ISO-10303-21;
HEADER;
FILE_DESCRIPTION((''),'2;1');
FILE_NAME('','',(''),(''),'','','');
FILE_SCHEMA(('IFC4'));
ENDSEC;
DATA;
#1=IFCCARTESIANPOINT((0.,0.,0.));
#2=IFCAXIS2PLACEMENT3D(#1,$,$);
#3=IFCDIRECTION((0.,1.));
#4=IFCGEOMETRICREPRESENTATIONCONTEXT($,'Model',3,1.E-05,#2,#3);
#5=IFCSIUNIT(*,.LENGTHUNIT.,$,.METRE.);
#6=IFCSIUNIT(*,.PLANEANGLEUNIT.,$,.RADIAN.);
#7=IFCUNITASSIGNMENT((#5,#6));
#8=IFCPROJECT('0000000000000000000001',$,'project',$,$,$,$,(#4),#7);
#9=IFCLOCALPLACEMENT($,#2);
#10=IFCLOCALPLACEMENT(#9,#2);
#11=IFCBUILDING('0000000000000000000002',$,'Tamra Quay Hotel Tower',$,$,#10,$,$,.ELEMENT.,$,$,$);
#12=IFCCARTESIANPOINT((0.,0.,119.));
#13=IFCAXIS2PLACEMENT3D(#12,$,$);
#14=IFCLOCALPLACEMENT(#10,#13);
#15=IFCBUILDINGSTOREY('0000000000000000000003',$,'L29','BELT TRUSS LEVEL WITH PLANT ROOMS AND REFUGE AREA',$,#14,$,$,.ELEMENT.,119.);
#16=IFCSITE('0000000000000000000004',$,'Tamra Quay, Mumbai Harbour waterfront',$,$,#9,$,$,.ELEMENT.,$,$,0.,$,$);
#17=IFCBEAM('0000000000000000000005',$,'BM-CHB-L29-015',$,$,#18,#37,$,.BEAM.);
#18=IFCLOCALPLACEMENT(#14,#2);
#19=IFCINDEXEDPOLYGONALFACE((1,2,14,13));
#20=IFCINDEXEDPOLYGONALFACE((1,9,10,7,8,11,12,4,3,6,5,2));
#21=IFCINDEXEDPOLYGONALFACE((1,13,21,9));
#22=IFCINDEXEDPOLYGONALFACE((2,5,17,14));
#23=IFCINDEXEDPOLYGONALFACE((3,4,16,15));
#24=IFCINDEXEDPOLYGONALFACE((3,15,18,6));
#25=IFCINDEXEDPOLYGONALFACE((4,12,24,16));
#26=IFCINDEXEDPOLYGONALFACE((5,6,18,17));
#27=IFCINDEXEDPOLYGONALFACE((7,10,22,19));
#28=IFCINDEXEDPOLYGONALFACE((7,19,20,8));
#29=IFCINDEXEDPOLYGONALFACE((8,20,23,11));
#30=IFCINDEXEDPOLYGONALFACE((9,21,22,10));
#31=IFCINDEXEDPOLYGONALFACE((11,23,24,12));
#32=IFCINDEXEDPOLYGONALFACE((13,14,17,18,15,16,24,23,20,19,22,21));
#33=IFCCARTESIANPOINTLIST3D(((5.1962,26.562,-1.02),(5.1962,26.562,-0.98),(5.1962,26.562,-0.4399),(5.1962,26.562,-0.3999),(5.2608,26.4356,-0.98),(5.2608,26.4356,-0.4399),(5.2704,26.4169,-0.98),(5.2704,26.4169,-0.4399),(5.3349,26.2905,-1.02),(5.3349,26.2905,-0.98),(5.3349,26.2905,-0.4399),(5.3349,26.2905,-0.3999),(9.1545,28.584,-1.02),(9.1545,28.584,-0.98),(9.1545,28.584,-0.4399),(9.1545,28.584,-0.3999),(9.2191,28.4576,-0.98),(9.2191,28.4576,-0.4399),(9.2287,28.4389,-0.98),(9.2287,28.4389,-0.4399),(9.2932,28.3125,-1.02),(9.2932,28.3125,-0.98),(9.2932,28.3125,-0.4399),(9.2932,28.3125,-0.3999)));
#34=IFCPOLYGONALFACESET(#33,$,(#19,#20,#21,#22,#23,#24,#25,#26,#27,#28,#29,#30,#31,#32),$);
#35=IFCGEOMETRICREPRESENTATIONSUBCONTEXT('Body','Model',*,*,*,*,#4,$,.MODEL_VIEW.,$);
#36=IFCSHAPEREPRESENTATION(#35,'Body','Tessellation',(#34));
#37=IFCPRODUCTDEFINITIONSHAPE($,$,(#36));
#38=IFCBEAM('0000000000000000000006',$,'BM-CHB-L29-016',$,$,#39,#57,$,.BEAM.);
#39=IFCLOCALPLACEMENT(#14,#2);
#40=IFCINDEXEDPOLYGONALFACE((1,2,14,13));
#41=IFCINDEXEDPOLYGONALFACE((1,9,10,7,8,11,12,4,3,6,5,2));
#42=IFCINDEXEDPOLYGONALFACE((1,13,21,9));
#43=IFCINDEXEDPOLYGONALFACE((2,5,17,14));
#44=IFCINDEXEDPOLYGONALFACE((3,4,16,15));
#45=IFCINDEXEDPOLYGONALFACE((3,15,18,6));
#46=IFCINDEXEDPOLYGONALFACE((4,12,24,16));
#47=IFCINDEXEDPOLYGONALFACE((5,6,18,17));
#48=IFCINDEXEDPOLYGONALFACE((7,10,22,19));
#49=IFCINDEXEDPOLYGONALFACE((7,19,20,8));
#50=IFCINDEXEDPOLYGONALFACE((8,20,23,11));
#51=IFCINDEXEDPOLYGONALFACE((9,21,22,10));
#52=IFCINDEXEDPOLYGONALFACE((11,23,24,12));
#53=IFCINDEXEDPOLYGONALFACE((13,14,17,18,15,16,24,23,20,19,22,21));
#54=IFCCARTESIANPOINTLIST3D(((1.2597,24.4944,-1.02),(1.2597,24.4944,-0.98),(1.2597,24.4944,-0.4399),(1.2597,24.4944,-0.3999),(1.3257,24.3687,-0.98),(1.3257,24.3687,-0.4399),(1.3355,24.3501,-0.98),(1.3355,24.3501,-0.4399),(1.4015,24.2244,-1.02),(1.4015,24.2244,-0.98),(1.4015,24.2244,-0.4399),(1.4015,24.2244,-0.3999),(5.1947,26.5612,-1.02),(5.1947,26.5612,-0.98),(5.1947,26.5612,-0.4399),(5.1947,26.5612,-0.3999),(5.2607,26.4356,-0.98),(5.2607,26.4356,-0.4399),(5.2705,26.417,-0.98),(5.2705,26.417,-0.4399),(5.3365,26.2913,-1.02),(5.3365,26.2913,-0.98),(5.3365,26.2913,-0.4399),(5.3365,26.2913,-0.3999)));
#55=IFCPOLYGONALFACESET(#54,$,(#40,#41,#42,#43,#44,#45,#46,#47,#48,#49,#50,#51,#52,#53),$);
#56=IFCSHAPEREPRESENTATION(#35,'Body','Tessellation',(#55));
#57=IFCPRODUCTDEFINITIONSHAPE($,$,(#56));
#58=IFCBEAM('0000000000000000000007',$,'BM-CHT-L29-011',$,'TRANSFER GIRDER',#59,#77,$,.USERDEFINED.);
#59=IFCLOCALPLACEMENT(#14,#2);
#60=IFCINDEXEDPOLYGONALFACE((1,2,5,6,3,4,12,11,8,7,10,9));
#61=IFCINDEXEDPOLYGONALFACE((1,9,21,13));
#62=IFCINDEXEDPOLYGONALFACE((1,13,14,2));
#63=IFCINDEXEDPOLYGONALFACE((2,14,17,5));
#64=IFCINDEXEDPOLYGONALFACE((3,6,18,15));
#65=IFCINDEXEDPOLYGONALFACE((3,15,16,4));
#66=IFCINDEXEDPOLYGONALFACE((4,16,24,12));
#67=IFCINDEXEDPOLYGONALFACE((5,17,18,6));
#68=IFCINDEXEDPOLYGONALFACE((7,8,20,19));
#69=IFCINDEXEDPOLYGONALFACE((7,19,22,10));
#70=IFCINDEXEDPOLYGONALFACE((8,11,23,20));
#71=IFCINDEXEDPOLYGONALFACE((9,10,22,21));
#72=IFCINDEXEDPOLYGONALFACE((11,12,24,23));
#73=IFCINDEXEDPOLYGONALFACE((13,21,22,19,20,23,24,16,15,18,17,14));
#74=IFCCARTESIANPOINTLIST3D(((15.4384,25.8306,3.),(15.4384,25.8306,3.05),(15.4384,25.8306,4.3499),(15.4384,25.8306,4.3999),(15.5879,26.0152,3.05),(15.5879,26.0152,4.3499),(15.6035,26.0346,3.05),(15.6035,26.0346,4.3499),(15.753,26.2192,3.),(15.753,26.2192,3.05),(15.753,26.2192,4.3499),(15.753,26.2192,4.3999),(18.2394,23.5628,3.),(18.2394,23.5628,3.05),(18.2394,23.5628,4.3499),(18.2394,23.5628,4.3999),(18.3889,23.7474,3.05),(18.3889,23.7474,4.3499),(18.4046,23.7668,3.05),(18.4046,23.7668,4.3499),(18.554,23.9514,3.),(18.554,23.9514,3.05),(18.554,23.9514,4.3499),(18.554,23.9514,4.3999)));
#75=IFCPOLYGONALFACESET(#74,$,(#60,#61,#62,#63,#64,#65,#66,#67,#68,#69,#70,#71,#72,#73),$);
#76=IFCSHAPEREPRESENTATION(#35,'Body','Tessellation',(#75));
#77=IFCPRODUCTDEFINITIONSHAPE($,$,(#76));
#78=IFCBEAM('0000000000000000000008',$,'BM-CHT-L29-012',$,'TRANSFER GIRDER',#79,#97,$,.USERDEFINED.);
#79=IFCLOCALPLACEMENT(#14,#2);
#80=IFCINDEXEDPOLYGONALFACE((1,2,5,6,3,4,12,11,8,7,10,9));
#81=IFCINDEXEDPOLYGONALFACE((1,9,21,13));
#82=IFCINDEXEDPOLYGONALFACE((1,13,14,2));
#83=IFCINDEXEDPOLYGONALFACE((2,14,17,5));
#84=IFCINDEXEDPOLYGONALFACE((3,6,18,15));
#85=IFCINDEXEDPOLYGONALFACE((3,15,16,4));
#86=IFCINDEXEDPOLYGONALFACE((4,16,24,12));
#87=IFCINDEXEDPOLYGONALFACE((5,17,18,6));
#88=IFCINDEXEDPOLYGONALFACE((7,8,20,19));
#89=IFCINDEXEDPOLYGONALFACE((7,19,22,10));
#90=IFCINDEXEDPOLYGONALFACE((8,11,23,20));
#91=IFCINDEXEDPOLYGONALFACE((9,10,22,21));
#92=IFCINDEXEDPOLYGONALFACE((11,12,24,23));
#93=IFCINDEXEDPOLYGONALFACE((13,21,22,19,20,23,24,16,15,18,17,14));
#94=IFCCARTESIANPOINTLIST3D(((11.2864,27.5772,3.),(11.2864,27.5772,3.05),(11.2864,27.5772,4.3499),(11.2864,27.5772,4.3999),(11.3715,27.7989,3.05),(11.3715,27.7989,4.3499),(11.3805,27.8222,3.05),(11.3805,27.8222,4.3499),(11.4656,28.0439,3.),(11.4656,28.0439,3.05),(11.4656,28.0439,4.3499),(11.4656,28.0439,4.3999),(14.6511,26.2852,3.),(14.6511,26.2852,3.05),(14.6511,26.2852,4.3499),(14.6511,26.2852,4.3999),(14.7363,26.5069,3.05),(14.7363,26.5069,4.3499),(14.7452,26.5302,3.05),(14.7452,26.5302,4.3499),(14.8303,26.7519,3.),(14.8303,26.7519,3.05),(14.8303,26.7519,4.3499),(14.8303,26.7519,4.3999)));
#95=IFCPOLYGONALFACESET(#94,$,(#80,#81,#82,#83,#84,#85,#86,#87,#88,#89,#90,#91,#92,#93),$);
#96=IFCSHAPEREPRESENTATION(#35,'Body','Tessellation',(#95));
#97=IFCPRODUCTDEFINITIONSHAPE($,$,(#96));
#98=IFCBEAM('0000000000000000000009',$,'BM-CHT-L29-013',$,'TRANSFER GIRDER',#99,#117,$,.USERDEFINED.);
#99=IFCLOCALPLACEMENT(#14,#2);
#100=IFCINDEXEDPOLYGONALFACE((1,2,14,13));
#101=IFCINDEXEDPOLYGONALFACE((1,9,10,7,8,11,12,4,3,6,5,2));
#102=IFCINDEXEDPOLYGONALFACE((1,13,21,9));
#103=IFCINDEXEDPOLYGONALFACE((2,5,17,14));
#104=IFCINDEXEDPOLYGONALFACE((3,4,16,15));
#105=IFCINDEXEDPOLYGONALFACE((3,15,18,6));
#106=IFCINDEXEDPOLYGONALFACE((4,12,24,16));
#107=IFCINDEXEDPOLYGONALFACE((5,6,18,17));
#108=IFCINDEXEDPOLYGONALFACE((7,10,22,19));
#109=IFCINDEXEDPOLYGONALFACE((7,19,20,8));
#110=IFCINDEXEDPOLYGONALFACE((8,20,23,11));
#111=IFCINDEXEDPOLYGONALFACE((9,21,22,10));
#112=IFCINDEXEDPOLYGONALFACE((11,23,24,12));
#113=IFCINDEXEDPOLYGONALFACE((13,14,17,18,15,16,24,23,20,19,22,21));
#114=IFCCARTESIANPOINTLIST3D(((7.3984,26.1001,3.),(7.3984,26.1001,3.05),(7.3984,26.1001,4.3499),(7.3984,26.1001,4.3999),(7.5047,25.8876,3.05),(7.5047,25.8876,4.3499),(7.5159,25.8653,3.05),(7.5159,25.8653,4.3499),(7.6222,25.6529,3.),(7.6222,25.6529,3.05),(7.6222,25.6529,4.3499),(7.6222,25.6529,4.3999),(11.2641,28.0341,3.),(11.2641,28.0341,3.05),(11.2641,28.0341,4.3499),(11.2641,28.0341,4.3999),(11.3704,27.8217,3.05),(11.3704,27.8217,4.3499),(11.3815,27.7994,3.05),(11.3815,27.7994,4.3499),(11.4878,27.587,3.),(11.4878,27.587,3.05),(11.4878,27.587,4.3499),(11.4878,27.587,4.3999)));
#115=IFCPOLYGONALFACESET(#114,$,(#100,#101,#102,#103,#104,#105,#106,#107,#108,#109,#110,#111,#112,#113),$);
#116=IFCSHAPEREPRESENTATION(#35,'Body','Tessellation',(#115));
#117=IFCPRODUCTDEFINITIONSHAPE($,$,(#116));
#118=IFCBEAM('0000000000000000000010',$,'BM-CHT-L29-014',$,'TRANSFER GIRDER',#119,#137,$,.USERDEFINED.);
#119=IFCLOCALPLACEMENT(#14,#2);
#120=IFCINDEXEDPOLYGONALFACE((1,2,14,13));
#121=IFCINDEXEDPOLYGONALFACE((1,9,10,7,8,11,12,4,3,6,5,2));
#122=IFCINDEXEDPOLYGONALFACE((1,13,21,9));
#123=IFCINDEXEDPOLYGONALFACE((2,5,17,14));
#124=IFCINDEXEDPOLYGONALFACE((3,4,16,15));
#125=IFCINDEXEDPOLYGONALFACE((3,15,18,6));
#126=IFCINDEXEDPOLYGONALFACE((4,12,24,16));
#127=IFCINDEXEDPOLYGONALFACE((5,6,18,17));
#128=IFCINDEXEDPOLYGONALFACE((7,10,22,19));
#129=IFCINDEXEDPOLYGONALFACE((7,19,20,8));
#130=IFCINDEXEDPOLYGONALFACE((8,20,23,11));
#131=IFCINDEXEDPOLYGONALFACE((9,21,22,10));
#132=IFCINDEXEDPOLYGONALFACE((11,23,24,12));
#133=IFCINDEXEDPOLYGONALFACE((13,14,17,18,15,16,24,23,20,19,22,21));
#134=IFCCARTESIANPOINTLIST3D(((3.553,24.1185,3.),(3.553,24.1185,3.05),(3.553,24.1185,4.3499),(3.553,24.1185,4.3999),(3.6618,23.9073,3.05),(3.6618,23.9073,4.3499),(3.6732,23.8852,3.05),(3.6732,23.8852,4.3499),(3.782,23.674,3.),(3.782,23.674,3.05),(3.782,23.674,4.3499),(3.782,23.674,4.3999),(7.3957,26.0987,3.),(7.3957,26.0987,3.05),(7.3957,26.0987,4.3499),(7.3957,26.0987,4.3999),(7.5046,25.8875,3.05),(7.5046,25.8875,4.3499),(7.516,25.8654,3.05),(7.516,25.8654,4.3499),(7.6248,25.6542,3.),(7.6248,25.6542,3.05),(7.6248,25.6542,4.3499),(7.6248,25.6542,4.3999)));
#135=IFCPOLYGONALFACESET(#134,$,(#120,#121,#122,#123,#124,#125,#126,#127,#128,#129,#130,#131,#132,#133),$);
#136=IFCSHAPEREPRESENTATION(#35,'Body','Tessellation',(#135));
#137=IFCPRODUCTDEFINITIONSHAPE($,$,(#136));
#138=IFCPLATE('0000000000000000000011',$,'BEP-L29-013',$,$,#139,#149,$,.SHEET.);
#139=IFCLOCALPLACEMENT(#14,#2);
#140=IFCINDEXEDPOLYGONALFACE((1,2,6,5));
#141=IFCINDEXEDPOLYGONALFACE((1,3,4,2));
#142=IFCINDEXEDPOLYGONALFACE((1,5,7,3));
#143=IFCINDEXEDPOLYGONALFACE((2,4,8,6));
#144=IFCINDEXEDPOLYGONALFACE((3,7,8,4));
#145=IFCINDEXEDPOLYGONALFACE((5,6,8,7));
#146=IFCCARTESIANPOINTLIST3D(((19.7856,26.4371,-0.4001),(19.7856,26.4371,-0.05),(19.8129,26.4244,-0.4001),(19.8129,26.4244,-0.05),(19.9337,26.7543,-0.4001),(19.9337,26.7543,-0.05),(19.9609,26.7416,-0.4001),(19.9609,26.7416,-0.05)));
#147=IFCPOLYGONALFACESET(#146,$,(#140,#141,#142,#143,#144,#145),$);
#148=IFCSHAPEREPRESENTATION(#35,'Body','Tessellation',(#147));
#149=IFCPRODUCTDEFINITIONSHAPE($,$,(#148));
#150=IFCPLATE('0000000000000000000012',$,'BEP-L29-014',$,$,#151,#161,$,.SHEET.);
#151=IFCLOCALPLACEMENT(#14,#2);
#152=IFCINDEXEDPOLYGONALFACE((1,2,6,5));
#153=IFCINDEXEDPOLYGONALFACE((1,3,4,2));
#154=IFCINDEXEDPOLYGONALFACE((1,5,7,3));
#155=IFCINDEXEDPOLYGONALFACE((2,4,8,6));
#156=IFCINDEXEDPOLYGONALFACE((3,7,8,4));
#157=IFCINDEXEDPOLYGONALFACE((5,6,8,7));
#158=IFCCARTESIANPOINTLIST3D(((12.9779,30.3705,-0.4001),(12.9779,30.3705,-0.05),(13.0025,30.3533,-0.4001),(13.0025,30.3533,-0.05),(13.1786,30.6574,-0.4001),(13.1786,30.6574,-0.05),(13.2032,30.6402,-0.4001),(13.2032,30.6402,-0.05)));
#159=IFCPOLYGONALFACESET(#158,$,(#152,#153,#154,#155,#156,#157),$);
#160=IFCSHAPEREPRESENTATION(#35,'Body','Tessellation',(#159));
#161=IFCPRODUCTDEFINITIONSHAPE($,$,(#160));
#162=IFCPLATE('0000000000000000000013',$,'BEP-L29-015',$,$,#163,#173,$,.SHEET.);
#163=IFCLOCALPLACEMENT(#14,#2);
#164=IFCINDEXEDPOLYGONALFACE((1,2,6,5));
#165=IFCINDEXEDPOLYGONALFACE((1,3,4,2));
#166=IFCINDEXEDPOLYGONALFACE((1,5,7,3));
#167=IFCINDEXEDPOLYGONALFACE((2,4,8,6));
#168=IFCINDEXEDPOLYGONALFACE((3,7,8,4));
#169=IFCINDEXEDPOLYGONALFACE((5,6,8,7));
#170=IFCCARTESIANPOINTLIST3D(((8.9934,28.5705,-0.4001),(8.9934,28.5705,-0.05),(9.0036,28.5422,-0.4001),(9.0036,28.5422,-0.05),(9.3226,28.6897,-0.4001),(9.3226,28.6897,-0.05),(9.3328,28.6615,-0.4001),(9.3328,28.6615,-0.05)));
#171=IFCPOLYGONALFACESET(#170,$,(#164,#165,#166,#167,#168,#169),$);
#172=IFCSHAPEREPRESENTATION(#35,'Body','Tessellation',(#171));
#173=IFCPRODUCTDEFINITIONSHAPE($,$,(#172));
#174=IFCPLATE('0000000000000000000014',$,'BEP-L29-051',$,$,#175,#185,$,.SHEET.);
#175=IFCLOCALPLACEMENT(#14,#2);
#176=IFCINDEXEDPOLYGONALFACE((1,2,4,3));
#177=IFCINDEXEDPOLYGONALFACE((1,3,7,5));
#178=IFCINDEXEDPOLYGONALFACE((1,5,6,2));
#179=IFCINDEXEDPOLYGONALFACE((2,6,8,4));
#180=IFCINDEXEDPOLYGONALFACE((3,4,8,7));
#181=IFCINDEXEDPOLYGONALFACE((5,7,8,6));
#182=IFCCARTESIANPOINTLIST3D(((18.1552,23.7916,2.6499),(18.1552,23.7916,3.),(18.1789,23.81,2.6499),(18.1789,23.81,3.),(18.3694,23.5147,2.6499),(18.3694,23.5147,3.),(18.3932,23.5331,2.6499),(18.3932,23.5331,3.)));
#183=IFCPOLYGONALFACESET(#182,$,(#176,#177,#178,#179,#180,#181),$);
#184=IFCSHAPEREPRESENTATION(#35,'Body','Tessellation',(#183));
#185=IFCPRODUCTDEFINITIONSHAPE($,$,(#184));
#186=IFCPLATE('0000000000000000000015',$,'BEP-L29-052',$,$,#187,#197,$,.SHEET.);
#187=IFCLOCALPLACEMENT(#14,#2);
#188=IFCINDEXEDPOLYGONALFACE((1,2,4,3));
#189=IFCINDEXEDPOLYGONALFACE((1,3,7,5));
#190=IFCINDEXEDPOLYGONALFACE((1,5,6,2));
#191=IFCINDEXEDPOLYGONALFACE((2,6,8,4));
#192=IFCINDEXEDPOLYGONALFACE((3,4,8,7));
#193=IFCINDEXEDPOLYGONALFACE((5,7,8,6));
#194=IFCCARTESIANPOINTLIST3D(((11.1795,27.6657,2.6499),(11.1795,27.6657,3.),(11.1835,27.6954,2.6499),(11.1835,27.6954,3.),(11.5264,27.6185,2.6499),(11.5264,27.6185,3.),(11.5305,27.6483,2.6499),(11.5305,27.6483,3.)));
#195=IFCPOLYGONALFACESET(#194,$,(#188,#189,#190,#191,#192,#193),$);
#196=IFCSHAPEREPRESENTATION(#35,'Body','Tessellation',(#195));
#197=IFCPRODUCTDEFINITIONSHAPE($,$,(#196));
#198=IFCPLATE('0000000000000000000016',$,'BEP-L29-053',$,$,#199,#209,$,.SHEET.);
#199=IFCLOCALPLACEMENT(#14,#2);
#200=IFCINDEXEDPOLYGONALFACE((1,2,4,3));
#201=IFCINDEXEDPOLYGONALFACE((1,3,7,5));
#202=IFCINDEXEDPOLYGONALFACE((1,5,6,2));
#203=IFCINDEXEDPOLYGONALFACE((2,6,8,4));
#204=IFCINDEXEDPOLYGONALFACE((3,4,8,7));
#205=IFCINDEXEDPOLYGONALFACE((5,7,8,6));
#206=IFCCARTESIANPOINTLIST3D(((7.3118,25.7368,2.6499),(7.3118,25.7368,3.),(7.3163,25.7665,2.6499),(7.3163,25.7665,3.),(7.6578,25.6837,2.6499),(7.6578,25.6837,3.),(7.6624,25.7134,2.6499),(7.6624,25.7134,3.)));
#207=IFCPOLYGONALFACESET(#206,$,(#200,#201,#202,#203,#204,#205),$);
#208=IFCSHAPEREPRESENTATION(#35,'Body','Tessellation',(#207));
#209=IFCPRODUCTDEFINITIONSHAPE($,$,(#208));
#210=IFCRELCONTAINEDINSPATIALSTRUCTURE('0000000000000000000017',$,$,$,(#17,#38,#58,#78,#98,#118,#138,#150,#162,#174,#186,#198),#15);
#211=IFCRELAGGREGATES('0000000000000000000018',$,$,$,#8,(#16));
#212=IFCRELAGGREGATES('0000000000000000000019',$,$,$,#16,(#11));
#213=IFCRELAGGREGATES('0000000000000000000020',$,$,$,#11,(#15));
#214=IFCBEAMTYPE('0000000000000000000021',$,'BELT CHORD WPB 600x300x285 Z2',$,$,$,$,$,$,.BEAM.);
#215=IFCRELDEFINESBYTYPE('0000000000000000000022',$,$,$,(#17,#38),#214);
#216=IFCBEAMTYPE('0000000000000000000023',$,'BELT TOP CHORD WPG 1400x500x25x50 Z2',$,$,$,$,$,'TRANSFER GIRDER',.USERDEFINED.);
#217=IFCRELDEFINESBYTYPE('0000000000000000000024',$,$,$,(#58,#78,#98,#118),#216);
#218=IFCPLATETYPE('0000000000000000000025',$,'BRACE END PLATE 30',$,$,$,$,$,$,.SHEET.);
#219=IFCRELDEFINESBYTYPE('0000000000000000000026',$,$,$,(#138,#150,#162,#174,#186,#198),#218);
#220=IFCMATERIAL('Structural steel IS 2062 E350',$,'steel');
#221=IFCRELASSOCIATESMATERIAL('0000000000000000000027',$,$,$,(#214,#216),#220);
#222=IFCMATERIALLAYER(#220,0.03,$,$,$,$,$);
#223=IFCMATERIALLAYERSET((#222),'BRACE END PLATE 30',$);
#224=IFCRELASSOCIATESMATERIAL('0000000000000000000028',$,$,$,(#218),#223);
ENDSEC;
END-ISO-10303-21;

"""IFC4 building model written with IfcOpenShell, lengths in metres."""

from ifc_helpers import new_model, si_unit, direction, frame, origin, origin_2d, place, context, subcontext, project, spatial, rectangle, i_section, extrude, material, layer, layer_set, material_profile, profile_set, type_object, element, save


model = new_model("IFC4")

# Units and contexts
model_context = context("Model", 3, precision=1e-05, world=origin(), true_north=direction((0.0, 1.0)))
body_context = subcontext(model_context, "Body", "Model", "MODEL_VIEW")
ifc_project = project(units=[si_unit("LENGTHUNIT", "METRE"), si_unit("PLANEANGLEUNIT", "RADIAN")], contexts=[model_context])

# Site, building, storey
site_placement = place(None, origin())
site = spatial("IfcSite", under=ifc_project, at=site_placement, Name="Tamra Quay, Mumbai Harbour waterfront", CompositionType="ELEMENT", RefElevation=0.0)
building_placement = place(site_placement, origin())
building = spatial("IfcBuilding", under=site, at=building_placement, Name="Tamra Quay Hotel Tower", CompositionType="ELEMENT")
storey_placement = place(building_placement, frame((0.0, 0.0, 119.0)))
storey = spatial("IfcBuildingStorey", under=building, at=storey_placement, Name="L29", Description="BELT TRUSS LEVEL WITH PLANT ROOMS AND REFUGE AREA", CompositionType="ELEMENT", Elevation=119.0)

# Shared definitions
ifc_material_1 = material(Name="Structural steel IS 2062 E350", Category="steel")

# Beams
ifc_material_profile_1 = material_profile(ifc_material_1, i_section(OverallWidth=0.3049, OverallDepth=0.6201, WebThickness=0.021, FlangeThickness=0.04, at=origin_2d()), Name="WPB 600x300x285")
ifc_profile_set_1 = profile_set([ifc_material_profile_1], Name="Structural steel IS 2062 E350")
beam_type_1 = type_object("IfcBeamType", Name="BELT CHORD WPB 600x300x285 Z2", PredefinedType="BEAM", material=ifc_profile_set_1)
for number, where, z_axis, x_axis, name in (
    (1, (9.2239, 28.4482, -0.71), (-0.890538, -0.454909, 0.0), (0.454909, -0.890538, 0.0), "BM-CHB-L29-015"),
    (2, (5.2656, 26.4263, -0.71), (-0.885306, -0.465008, 0.0), (0.465008, -0.885306, 0.0), "BM-CHB-L29-016"),
):
    element("IfcBeam", number, at=place(storey_placement, frame(where, z_axis=z_axis, x_axis=x_axis)), inside=storey, type_object=beam_type_1, Name=name, PredefinedType="BEAM", context=body_context, shape_type="SweptSolid", body=[
        extrude(i_section(OverallWidth=0.3049, OverallDepth=0.6201, WebThickness=0.021, FlangeThickness=0.04, at=origin_2d()), origin(), (0.0, 0.0, 1.0), 4.4448),
    ])
ifc_material_profile_2 = material_profile(ifc_material_1, i_section(OverallWidth=0.5, OverallDepth=1.3999, WebThickness=0.0249, FlangeThickness=0.05, at=origin_2d()), Name="WPG 1400x500x25x50")
ifc_profile_set_2 = profile_set([ifc_material_profile_2], Name="Structural steel IS 2062 E350")
beam_type_2 = type_object("IfcBeamType", Name="BELT TOP CHORD WPG 1400x500x25x50 Z2", ElementType="TRANSFER GIRDER", PredefinedType="USERDEFINED", material=ifc_profile_set_2)
beam_1_placement = place(storey_placement, frame((18.3967, 23.7571, 3.7), z_axis=(-0.777201, 0.629253, 0.0), x_axis=(-0.629253, -0.777201, 0.0)))
element("IfcBeam", 3, at=beam_1_placement, inside=storey, type_object=beam_type_2, Name="BM-CHT-L29-011", ObjectType="TRANSFER GIRDER", PredefinedType="USERDEFINED", context=body_context, shape_type="SweptSolid", body=[
    extrude(i_section(OverallWidth=0.5, OverallDepth=1.3999, WebThickness=0.0249, FlangeThickness=0.05, at=origin_2d()), origin(), (0.0, 0.0, 1.0), 3.604),
])
beam_2_placement = place(storey_placement, frame((14.7407, 26.5186, 3.7), z_axis=(-0.933544, 0.358462, 0.0), x_axis=(-0.358462, -0.933544, 0.0)))
element("IfcBeam", 4, at=beam_2_placement, inside=storey, type_object=beam_type_2, Name="BM-CHT-L29-012", ObjectType="TRANSFER GIRDER", PredefinedType="USERDEFINED", context=body_context, shape_type="SweptSolid", body=[
    extrude(i_section(OverallWidth=0.5, OverallDepth=1.3999, WebThickness=0.0249, FlangeThickness=0.05, at=origin_2d()), origin(), (0.0, 0.0, 1.0), 3.6042),
])
beam_3_placement = place(storey_placement, frame((11.376, 27.8105, 3.7), z_axis=(-0.894314, -0.44744, 0.0), x_axis=(0.44744, -0.894314, 0.0)))
element("IfcBeam", 5, at=beam_3_placement, inside=storey, type_object=beam_type_2, Name="BM-CHT-L29-013", ObjectType="TRANSFER GIRDER", PredefinedType="USERDEFINED", context=body_context, shape_type="SweptSolid", body=[
    extrude(i_section(OverallWidth=0.5, OverallDepth=1.3999, WebThickness=0.0249, FlangeThickness=0.05, at=origin_2d()), origin(), (0.0, 0.0, 1.0), 4.3225),
])
beam_4_placement = place(storey_placement, frame((7.5103, 25.8765, 3.7), z_axis=(-0.888917, -0.458069, 0.0), x_axis=(0.458069, -0.888917, 0.0)))
element("IfcBeam", 6, at=beam_4_placement, inside=storey, type_object=beam_type_2, Name="BM-CHT-L29-014", ObjectType="TRANSFER GIRDER", PredefinedType="USERDEFINED", context=body_context, shape_type="SweptSolid", body=[
    extrude(i_section(OverallWidth=0.5, OverallDepth=1.3999, WebThickness=0.0249, FlangeThickness=0.05, at=origin_2d()), origin(), (0.0, 0.0, 1.0), 4.323),
])

# Plates
ifc_layer_1 = layer(ifc_material_1, 0.03)
ifc_layer_set_1 = layer_set([ifc_layer_1], Name="BRACE END PLATE 30")
plate_type = type_object("IfcPlateType", Name="BRACE END PLATE 30", PredefinedType="SHEET", material=ifc_layer_set_1)
for number, where, z_axis, x_axis, name in (
    (7, (19.8733, 26.5894, -0.4001), (0.0, 0.0, 1.0), (-0.90615, 0.422957, 0.0), "BEP-L29-013"),
    (8, (13.0906, 30.5054, -0.4001), (0.0, 0.0, 1.0), (-0.819372, 0.573262, 0.0), "BEP-L29-014"),
    (9, (9.1631, 28.616, -0.4001), (0.0, 0.0, 1.0), (-0.340555, 0.940225, 0.0), "BEP-L29-015"),
    (10, (18.2742, 23.6624, 2.6499), (0.0, 0.0, 1.0), (0.790794, 0.612082, 0.0), "BEP-L29-051"),
    (11, (11.355, 27.657, 2.6499), (0.0, 0.0, 1.0), (0.134687, 0.990888, 0.0), "BEP-L29-052"),
    (12, (7.4871, 25.7251, 2.6499), (0.0, 0.0, 1.0), (0.151592, 0.988443, 0.0), "BEP-L29-053"),
):
    element("IfcPlate", number, at=place(storey_placement, frame(where, z_axis=z_axis, x_axis=x_axis)), inside=storey, type_object=plate_type, Name=name, PredefinedType="SHEET", context=body_context, shape_type="SweptSolid", body=[
        extrude(rectangle(XDim=0.03, YDim=0.3501, at=origin_2d()), origin(), (0.0, 0.0, 1.0), 0.3501),
    ])

save(model, "model.ifc")
